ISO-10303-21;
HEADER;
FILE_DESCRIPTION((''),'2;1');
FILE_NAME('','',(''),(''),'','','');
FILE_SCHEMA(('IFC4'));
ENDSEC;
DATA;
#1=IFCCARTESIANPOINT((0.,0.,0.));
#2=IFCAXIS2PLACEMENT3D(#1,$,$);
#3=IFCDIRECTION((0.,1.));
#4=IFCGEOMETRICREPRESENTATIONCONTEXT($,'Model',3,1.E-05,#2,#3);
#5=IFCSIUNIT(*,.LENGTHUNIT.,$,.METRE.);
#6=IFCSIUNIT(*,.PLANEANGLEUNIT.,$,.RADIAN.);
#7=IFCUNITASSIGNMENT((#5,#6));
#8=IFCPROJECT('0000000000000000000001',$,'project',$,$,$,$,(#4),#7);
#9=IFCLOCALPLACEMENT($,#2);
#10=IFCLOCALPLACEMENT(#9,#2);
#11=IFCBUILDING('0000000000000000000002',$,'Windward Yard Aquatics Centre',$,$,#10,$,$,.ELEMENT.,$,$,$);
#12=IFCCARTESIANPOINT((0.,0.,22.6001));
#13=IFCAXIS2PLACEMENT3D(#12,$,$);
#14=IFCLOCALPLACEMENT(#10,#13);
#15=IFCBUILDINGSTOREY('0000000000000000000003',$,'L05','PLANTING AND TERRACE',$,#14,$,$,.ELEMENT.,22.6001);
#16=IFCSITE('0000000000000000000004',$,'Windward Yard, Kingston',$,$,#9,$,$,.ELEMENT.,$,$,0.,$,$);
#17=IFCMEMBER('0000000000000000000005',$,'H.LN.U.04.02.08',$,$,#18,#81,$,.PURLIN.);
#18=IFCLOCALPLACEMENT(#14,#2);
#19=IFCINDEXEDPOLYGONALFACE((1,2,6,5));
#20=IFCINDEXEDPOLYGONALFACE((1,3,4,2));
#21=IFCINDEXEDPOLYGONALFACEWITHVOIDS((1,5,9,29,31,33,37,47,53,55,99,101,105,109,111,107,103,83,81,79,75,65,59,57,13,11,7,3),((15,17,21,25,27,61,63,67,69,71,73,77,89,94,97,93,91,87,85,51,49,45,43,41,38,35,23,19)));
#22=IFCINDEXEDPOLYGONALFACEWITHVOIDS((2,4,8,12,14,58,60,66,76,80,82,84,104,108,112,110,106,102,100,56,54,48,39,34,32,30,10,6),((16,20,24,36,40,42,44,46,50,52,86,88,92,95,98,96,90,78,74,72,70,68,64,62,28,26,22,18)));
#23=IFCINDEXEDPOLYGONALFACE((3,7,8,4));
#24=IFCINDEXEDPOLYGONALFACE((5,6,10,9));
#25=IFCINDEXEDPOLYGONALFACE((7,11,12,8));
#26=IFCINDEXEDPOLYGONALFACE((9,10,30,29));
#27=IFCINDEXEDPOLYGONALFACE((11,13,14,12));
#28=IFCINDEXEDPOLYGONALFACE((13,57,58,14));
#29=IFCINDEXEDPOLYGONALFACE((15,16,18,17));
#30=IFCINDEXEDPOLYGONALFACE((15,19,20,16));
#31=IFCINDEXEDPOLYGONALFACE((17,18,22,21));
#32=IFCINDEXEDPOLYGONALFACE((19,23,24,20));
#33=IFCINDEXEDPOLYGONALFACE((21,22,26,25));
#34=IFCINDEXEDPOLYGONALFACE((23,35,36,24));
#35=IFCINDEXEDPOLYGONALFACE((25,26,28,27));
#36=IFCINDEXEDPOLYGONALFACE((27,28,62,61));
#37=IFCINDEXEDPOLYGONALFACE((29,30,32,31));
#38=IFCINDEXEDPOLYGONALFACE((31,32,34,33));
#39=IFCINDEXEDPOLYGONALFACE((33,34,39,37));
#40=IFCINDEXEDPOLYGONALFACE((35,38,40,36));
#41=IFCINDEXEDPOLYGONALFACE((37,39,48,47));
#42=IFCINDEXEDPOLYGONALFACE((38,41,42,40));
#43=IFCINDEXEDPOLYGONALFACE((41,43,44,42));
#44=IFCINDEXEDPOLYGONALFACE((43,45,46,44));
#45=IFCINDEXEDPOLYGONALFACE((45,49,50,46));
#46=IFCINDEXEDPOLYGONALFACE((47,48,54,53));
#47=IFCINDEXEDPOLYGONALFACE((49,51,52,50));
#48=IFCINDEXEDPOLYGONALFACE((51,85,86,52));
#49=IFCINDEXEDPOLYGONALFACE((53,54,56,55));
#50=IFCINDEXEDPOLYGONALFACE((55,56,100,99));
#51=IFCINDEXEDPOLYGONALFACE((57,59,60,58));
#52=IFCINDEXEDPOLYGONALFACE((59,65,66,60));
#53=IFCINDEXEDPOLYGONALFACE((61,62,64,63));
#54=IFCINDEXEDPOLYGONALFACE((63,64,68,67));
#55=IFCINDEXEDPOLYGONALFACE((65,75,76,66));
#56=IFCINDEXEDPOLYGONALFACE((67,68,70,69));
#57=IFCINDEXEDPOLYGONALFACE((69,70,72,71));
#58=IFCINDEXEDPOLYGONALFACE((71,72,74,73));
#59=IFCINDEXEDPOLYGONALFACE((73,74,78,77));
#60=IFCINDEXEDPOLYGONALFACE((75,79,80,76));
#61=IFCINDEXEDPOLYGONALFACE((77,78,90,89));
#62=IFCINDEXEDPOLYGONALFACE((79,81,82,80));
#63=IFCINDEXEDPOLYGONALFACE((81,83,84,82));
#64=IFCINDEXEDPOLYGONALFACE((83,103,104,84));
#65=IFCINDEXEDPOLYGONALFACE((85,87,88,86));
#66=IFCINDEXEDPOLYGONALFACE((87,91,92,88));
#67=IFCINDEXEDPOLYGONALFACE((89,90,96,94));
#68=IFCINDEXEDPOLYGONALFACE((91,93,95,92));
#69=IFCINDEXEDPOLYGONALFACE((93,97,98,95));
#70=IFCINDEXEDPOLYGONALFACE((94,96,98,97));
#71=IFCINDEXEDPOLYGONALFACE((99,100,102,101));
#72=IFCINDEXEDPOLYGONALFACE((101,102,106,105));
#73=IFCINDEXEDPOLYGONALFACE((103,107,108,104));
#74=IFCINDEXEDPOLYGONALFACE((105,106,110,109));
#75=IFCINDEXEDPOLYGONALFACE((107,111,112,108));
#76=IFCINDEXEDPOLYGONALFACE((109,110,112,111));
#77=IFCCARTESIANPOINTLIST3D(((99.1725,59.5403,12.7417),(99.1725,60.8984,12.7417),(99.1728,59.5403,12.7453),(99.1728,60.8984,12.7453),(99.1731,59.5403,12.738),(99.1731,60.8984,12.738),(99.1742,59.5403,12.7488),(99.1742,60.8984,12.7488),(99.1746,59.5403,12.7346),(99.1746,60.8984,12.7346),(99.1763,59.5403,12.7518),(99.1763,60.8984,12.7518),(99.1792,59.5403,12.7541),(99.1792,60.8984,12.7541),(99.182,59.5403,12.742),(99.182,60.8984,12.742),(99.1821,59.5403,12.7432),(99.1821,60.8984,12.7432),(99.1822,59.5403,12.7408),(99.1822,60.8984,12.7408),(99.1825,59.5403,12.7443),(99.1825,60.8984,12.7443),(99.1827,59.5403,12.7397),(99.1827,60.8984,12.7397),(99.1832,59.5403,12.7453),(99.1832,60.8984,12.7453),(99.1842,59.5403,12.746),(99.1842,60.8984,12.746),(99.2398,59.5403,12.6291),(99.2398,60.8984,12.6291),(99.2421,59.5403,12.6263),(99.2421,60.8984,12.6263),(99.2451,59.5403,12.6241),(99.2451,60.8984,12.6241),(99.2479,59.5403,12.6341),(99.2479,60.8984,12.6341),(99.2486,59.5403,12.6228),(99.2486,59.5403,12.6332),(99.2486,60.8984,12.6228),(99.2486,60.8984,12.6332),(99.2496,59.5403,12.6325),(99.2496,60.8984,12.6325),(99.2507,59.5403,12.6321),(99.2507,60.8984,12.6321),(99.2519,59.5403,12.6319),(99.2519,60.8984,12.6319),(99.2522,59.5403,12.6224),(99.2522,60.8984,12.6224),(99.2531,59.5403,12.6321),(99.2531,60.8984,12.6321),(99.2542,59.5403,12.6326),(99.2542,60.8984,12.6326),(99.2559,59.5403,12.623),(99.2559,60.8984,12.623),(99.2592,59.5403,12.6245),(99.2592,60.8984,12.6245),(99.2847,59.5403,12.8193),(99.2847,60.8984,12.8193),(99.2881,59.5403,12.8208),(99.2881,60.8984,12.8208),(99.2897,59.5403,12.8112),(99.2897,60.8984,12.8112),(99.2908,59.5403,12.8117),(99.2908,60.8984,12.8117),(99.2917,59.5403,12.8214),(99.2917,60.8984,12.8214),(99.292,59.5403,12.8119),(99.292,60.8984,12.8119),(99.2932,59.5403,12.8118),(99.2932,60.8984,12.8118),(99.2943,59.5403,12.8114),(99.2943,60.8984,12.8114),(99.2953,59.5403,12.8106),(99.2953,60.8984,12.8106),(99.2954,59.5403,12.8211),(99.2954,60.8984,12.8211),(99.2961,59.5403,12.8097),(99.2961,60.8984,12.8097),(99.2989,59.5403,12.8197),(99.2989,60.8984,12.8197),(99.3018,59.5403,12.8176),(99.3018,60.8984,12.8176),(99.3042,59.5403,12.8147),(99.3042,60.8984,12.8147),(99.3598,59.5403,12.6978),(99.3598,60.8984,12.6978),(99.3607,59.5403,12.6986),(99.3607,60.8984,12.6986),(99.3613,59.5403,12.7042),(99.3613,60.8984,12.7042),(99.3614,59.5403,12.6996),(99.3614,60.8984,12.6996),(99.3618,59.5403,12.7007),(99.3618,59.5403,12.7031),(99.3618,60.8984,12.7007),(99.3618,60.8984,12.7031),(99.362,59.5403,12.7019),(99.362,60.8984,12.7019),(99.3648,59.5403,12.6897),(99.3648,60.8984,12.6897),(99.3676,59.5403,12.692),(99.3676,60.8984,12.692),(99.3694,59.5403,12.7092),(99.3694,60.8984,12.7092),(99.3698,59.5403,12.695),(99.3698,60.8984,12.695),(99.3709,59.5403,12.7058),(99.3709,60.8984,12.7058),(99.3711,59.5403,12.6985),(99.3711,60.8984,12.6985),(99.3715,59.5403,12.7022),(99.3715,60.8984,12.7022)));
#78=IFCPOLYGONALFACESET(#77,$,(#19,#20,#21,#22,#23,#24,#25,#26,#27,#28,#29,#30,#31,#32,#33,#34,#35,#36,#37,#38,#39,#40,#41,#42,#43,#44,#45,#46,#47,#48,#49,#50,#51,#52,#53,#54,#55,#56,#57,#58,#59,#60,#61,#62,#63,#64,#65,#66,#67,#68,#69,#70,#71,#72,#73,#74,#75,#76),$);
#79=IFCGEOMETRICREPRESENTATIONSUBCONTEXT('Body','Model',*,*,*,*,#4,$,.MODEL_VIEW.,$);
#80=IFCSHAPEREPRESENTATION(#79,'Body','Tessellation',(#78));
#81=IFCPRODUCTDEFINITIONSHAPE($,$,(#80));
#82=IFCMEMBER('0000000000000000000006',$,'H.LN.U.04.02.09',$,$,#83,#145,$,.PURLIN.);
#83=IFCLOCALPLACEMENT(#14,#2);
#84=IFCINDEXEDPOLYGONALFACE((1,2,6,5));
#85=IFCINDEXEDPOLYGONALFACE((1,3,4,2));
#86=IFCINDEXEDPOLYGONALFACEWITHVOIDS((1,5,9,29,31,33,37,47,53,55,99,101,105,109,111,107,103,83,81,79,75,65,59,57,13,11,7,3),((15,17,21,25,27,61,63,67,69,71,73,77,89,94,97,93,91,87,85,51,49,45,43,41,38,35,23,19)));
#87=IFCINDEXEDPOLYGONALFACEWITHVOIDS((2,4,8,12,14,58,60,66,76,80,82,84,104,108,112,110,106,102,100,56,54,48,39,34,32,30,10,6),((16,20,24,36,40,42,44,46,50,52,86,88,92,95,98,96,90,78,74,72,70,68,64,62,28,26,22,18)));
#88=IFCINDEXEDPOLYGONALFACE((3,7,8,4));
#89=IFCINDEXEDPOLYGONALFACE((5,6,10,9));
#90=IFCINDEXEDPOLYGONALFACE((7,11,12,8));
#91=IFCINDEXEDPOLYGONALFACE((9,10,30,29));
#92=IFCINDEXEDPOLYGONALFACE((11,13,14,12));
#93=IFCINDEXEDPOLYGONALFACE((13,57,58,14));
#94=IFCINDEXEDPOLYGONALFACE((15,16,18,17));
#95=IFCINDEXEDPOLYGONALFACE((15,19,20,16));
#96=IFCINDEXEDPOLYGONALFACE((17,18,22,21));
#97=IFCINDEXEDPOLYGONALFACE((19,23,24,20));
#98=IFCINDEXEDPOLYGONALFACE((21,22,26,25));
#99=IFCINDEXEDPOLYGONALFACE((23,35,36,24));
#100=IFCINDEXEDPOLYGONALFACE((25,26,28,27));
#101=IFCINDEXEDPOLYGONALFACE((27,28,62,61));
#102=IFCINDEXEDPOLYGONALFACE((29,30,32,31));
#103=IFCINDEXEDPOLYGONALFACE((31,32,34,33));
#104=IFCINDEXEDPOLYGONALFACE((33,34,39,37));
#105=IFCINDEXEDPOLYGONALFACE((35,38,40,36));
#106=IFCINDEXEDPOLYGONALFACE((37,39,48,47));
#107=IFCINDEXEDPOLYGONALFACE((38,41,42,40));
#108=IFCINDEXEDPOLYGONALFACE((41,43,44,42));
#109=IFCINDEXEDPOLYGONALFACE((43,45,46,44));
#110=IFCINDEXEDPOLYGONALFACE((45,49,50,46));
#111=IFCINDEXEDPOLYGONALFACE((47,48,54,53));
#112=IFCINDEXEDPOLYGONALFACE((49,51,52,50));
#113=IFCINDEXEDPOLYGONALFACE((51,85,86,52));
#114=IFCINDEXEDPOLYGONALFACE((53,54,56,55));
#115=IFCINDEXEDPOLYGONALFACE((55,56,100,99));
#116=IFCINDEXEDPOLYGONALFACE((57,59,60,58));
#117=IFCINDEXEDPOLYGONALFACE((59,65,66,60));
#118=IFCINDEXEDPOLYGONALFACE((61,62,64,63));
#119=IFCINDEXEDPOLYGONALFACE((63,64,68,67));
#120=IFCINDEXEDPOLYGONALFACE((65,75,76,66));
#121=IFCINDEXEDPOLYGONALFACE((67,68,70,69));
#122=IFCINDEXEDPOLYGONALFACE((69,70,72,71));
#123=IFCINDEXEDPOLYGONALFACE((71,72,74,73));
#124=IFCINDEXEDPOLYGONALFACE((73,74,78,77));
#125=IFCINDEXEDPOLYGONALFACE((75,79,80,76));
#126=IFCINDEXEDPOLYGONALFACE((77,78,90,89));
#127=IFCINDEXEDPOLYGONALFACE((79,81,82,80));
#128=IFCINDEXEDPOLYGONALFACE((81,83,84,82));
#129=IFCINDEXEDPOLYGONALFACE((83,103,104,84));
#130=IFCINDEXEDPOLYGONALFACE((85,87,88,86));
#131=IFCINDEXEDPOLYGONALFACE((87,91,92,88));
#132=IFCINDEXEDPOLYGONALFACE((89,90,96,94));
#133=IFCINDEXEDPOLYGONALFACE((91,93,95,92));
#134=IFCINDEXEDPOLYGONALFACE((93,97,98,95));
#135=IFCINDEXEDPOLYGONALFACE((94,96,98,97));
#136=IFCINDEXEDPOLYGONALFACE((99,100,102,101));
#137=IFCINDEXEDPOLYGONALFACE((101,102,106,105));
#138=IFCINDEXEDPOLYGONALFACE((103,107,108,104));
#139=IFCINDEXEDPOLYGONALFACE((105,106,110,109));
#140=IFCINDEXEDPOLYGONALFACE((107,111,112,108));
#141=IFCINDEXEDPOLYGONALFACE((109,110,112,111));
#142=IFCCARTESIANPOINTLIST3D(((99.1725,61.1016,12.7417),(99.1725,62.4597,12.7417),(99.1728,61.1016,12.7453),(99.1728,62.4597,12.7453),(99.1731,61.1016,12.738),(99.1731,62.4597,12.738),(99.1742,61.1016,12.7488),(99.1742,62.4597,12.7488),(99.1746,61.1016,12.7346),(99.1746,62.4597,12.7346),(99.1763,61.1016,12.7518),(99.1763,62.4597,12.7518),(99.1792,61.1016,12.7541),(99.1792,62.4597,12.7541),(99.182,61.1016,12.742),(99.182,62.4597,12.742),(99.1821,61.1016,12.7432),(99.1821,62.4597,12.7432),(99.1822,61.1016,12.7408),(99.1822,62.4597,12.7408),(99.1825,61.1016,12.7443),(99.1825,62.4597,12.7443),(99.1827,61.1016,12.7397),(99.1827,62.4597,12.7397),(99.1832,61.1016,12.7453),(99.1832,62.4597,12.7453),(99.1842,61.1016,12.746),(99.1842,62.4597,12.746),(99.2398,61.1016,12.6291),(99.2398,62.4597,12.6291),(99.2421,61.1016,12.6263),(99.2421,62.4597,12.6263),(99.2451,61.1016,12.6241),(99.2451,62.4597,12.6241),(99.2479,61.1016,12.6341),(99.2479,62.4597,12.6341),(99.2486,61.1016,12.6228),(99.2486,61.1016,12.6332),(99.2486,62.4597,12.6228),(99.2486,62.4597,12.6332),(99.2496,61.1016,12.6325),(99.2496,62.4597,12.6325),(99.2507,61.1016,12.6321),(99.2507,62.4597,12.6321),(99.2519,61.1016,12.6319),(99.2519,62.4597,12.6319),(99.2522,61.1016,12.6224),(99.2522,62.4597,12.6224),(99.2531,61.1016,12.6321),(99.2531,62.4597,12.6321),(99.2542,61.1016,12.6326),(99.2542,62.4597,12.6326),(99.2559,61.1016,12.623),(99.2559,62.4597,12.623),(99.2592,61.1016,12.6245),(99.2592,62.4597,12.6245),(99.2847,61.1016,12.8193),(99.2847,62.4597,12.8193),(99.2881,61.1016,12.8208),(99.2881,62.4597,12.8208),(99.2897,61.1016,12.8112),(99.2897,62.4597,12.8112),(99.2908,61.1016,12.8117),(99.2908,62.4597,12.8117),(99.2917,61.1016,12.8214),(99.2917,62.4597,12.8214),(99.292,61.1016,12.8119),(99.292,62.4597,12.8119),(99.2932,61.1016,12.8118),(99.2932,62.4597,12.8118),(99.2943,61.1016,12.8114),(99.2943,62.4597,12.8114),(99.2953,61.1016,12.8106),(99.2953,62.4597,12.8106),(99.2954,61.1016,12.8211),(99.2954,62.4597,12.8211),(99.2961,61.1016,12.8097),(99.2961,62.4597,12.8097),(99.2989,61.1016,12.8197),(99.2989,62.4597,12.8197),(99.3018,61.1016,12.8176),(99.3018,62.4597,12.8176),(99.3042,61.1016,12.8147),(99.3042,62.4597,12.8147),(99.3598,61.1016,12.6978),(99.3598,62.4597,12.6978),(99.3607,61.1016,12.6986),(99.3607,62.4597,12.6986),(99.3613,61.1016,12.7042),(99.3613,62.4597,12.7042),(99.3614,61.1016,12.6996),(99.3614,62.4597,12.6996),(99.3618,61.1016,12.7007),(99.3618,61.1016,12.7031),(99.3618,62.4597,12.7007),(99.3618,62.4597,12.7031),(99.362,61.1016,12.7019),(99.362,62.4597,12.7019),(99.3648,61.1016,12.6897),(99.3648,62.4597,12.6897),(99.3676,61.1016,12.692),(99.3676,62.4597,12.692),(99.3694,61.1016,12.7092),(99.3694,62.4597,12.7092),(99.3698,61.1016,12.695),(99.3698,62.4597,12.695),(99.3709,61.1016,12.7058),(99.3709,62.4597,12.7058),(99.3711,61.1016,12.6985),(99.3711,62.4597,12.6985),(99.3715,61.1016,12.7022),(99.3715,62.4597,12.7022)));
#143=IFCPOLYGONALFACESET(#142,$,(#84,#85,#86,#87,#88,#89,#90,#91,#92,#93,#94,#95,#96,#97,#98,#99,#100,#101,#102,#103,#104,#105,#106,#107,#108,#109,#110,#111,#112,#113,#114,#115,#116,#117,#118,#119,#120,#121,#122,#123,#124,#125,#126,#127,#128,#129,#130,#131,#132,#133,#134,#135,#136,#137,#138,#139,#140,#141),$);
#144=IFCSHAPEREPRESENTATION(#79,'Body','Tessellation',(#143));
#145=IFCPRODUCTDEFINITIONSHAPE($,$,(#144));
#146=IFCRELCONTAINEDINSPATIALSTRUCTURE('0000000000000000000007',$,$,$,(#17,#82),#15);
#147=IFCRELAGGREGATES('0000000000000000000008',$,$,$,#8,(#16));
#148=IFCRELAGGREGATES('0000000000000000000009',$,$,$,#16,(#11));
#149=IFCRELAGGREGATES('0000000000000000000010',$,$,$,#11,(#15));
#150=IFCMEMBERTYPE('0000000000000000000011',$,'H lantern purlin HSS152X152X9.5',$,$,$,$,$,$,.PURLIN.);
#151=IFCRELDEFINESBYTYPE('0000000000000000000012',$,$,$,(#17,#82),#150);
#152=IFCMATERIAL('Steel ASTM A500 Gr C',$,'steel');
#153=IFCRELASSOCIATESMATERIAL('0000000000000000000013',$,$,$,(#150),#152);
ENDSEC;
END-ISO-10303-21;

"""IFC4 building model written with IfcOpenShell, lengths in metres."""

from ifc_helpers import new_model, si_unit, direction, frame, origin, origin_2d, place, context, subcontext, project, spatial, hollow_rectangle, extrude, material, material_profile, profile_set, type_object, element, save


model = new_model("IFC4")

# Units and contexts
model_context = context("Model", 3, precision=1e-05, world=origin(), true_north=direction((0.0, 1.0)))
body_context = subcontext(model_context, "Body", "Model", "MODEL_VIEW")
ifc_project = project(units=[si_unit("LENGTHUNIT", "METRE"), si_unit("PLANEANGLEUNIT", "RADIAN")], contexts=[model_context])

# Site, building, storey
site_placement = place(None, origin())
site = spatial("IfcSite", under=ifc_project, at=site_placement, Name="Windward Yard, Kingston", CompositionType="ELEMENT", RefElevation=0.0)
building_placement = place(site_placement, origin())
building = spatial("IfcBuilding", under=site, at=building_placement, Name="Windward Yard Aquatics Centre", CompositionType="ELEMENT")
storey_placement = place(building_placement, frame((0.0, 0.0, 22.6001)))
storey = spatial("IfcBuildingStorey", under=building, at=storey_placement, Name="L05", Description="PLANTING AND TERRACE", CompositionType="ELEMENT", Elevation=22.6001)

# Members
ifc_material_1 = material(Name="Steel ASTM A500 Gr C", Category="steel")
ifc_material_profile_1 = material_profile(ifc_material_1, hollow_rectangle(XDim=0.1523, YDim=0.1523, WallThickness=0.0095, InnerFilletRadius=0.0046, OuterFilletRadius=0.0142, at=origin_2d()), Name="HSS152X152X9.5")
ifc_profile_set_1 = profile_set([ifc_material_profile_1], Name="Steel ASTM A500 Gr C")
member_type_1 = type_object("IfcMemberType", Name="H lantern purlin HSS152X152X9.5", PredefinedType="PURLIN", material=ifc_profile_set_1)
for number, where, z_axis, x_axis, name in (
    (1, (99.272, 59.5403, 12.7219), (0.0, 1.0, 0.0), (-0.850755, 0.0, -0.525562), "H.LN.U.04.02.08"),
    (2, (99.272, 61.1016, 12.7219), (0.0, 1.0, 0.0), (-0.850755, 0.0, -0.525562), "H.LN.U.04.02.09"),
):
    element("IfcMember", number, at=place(storey_placement, frame(where, z_axis=z_axis, x_axis=x_axis)), inside=storey, type_object=member_type_1, Name=name, PredefinedType="PURLIN", context=body_context, shape_type="SweptSolid", body=[
        extrude(hollow_rectangle(XDim=0.1523, YDim=0.1523, WallThickness=0.0095, InnerFilletRadius=0.0046, OuterFilletRadius=0.0142, at=origin_2d()), origin(), (0.0, 0.0, 1.0), 1.3582),
    ])

save(model, "model.ifc")
